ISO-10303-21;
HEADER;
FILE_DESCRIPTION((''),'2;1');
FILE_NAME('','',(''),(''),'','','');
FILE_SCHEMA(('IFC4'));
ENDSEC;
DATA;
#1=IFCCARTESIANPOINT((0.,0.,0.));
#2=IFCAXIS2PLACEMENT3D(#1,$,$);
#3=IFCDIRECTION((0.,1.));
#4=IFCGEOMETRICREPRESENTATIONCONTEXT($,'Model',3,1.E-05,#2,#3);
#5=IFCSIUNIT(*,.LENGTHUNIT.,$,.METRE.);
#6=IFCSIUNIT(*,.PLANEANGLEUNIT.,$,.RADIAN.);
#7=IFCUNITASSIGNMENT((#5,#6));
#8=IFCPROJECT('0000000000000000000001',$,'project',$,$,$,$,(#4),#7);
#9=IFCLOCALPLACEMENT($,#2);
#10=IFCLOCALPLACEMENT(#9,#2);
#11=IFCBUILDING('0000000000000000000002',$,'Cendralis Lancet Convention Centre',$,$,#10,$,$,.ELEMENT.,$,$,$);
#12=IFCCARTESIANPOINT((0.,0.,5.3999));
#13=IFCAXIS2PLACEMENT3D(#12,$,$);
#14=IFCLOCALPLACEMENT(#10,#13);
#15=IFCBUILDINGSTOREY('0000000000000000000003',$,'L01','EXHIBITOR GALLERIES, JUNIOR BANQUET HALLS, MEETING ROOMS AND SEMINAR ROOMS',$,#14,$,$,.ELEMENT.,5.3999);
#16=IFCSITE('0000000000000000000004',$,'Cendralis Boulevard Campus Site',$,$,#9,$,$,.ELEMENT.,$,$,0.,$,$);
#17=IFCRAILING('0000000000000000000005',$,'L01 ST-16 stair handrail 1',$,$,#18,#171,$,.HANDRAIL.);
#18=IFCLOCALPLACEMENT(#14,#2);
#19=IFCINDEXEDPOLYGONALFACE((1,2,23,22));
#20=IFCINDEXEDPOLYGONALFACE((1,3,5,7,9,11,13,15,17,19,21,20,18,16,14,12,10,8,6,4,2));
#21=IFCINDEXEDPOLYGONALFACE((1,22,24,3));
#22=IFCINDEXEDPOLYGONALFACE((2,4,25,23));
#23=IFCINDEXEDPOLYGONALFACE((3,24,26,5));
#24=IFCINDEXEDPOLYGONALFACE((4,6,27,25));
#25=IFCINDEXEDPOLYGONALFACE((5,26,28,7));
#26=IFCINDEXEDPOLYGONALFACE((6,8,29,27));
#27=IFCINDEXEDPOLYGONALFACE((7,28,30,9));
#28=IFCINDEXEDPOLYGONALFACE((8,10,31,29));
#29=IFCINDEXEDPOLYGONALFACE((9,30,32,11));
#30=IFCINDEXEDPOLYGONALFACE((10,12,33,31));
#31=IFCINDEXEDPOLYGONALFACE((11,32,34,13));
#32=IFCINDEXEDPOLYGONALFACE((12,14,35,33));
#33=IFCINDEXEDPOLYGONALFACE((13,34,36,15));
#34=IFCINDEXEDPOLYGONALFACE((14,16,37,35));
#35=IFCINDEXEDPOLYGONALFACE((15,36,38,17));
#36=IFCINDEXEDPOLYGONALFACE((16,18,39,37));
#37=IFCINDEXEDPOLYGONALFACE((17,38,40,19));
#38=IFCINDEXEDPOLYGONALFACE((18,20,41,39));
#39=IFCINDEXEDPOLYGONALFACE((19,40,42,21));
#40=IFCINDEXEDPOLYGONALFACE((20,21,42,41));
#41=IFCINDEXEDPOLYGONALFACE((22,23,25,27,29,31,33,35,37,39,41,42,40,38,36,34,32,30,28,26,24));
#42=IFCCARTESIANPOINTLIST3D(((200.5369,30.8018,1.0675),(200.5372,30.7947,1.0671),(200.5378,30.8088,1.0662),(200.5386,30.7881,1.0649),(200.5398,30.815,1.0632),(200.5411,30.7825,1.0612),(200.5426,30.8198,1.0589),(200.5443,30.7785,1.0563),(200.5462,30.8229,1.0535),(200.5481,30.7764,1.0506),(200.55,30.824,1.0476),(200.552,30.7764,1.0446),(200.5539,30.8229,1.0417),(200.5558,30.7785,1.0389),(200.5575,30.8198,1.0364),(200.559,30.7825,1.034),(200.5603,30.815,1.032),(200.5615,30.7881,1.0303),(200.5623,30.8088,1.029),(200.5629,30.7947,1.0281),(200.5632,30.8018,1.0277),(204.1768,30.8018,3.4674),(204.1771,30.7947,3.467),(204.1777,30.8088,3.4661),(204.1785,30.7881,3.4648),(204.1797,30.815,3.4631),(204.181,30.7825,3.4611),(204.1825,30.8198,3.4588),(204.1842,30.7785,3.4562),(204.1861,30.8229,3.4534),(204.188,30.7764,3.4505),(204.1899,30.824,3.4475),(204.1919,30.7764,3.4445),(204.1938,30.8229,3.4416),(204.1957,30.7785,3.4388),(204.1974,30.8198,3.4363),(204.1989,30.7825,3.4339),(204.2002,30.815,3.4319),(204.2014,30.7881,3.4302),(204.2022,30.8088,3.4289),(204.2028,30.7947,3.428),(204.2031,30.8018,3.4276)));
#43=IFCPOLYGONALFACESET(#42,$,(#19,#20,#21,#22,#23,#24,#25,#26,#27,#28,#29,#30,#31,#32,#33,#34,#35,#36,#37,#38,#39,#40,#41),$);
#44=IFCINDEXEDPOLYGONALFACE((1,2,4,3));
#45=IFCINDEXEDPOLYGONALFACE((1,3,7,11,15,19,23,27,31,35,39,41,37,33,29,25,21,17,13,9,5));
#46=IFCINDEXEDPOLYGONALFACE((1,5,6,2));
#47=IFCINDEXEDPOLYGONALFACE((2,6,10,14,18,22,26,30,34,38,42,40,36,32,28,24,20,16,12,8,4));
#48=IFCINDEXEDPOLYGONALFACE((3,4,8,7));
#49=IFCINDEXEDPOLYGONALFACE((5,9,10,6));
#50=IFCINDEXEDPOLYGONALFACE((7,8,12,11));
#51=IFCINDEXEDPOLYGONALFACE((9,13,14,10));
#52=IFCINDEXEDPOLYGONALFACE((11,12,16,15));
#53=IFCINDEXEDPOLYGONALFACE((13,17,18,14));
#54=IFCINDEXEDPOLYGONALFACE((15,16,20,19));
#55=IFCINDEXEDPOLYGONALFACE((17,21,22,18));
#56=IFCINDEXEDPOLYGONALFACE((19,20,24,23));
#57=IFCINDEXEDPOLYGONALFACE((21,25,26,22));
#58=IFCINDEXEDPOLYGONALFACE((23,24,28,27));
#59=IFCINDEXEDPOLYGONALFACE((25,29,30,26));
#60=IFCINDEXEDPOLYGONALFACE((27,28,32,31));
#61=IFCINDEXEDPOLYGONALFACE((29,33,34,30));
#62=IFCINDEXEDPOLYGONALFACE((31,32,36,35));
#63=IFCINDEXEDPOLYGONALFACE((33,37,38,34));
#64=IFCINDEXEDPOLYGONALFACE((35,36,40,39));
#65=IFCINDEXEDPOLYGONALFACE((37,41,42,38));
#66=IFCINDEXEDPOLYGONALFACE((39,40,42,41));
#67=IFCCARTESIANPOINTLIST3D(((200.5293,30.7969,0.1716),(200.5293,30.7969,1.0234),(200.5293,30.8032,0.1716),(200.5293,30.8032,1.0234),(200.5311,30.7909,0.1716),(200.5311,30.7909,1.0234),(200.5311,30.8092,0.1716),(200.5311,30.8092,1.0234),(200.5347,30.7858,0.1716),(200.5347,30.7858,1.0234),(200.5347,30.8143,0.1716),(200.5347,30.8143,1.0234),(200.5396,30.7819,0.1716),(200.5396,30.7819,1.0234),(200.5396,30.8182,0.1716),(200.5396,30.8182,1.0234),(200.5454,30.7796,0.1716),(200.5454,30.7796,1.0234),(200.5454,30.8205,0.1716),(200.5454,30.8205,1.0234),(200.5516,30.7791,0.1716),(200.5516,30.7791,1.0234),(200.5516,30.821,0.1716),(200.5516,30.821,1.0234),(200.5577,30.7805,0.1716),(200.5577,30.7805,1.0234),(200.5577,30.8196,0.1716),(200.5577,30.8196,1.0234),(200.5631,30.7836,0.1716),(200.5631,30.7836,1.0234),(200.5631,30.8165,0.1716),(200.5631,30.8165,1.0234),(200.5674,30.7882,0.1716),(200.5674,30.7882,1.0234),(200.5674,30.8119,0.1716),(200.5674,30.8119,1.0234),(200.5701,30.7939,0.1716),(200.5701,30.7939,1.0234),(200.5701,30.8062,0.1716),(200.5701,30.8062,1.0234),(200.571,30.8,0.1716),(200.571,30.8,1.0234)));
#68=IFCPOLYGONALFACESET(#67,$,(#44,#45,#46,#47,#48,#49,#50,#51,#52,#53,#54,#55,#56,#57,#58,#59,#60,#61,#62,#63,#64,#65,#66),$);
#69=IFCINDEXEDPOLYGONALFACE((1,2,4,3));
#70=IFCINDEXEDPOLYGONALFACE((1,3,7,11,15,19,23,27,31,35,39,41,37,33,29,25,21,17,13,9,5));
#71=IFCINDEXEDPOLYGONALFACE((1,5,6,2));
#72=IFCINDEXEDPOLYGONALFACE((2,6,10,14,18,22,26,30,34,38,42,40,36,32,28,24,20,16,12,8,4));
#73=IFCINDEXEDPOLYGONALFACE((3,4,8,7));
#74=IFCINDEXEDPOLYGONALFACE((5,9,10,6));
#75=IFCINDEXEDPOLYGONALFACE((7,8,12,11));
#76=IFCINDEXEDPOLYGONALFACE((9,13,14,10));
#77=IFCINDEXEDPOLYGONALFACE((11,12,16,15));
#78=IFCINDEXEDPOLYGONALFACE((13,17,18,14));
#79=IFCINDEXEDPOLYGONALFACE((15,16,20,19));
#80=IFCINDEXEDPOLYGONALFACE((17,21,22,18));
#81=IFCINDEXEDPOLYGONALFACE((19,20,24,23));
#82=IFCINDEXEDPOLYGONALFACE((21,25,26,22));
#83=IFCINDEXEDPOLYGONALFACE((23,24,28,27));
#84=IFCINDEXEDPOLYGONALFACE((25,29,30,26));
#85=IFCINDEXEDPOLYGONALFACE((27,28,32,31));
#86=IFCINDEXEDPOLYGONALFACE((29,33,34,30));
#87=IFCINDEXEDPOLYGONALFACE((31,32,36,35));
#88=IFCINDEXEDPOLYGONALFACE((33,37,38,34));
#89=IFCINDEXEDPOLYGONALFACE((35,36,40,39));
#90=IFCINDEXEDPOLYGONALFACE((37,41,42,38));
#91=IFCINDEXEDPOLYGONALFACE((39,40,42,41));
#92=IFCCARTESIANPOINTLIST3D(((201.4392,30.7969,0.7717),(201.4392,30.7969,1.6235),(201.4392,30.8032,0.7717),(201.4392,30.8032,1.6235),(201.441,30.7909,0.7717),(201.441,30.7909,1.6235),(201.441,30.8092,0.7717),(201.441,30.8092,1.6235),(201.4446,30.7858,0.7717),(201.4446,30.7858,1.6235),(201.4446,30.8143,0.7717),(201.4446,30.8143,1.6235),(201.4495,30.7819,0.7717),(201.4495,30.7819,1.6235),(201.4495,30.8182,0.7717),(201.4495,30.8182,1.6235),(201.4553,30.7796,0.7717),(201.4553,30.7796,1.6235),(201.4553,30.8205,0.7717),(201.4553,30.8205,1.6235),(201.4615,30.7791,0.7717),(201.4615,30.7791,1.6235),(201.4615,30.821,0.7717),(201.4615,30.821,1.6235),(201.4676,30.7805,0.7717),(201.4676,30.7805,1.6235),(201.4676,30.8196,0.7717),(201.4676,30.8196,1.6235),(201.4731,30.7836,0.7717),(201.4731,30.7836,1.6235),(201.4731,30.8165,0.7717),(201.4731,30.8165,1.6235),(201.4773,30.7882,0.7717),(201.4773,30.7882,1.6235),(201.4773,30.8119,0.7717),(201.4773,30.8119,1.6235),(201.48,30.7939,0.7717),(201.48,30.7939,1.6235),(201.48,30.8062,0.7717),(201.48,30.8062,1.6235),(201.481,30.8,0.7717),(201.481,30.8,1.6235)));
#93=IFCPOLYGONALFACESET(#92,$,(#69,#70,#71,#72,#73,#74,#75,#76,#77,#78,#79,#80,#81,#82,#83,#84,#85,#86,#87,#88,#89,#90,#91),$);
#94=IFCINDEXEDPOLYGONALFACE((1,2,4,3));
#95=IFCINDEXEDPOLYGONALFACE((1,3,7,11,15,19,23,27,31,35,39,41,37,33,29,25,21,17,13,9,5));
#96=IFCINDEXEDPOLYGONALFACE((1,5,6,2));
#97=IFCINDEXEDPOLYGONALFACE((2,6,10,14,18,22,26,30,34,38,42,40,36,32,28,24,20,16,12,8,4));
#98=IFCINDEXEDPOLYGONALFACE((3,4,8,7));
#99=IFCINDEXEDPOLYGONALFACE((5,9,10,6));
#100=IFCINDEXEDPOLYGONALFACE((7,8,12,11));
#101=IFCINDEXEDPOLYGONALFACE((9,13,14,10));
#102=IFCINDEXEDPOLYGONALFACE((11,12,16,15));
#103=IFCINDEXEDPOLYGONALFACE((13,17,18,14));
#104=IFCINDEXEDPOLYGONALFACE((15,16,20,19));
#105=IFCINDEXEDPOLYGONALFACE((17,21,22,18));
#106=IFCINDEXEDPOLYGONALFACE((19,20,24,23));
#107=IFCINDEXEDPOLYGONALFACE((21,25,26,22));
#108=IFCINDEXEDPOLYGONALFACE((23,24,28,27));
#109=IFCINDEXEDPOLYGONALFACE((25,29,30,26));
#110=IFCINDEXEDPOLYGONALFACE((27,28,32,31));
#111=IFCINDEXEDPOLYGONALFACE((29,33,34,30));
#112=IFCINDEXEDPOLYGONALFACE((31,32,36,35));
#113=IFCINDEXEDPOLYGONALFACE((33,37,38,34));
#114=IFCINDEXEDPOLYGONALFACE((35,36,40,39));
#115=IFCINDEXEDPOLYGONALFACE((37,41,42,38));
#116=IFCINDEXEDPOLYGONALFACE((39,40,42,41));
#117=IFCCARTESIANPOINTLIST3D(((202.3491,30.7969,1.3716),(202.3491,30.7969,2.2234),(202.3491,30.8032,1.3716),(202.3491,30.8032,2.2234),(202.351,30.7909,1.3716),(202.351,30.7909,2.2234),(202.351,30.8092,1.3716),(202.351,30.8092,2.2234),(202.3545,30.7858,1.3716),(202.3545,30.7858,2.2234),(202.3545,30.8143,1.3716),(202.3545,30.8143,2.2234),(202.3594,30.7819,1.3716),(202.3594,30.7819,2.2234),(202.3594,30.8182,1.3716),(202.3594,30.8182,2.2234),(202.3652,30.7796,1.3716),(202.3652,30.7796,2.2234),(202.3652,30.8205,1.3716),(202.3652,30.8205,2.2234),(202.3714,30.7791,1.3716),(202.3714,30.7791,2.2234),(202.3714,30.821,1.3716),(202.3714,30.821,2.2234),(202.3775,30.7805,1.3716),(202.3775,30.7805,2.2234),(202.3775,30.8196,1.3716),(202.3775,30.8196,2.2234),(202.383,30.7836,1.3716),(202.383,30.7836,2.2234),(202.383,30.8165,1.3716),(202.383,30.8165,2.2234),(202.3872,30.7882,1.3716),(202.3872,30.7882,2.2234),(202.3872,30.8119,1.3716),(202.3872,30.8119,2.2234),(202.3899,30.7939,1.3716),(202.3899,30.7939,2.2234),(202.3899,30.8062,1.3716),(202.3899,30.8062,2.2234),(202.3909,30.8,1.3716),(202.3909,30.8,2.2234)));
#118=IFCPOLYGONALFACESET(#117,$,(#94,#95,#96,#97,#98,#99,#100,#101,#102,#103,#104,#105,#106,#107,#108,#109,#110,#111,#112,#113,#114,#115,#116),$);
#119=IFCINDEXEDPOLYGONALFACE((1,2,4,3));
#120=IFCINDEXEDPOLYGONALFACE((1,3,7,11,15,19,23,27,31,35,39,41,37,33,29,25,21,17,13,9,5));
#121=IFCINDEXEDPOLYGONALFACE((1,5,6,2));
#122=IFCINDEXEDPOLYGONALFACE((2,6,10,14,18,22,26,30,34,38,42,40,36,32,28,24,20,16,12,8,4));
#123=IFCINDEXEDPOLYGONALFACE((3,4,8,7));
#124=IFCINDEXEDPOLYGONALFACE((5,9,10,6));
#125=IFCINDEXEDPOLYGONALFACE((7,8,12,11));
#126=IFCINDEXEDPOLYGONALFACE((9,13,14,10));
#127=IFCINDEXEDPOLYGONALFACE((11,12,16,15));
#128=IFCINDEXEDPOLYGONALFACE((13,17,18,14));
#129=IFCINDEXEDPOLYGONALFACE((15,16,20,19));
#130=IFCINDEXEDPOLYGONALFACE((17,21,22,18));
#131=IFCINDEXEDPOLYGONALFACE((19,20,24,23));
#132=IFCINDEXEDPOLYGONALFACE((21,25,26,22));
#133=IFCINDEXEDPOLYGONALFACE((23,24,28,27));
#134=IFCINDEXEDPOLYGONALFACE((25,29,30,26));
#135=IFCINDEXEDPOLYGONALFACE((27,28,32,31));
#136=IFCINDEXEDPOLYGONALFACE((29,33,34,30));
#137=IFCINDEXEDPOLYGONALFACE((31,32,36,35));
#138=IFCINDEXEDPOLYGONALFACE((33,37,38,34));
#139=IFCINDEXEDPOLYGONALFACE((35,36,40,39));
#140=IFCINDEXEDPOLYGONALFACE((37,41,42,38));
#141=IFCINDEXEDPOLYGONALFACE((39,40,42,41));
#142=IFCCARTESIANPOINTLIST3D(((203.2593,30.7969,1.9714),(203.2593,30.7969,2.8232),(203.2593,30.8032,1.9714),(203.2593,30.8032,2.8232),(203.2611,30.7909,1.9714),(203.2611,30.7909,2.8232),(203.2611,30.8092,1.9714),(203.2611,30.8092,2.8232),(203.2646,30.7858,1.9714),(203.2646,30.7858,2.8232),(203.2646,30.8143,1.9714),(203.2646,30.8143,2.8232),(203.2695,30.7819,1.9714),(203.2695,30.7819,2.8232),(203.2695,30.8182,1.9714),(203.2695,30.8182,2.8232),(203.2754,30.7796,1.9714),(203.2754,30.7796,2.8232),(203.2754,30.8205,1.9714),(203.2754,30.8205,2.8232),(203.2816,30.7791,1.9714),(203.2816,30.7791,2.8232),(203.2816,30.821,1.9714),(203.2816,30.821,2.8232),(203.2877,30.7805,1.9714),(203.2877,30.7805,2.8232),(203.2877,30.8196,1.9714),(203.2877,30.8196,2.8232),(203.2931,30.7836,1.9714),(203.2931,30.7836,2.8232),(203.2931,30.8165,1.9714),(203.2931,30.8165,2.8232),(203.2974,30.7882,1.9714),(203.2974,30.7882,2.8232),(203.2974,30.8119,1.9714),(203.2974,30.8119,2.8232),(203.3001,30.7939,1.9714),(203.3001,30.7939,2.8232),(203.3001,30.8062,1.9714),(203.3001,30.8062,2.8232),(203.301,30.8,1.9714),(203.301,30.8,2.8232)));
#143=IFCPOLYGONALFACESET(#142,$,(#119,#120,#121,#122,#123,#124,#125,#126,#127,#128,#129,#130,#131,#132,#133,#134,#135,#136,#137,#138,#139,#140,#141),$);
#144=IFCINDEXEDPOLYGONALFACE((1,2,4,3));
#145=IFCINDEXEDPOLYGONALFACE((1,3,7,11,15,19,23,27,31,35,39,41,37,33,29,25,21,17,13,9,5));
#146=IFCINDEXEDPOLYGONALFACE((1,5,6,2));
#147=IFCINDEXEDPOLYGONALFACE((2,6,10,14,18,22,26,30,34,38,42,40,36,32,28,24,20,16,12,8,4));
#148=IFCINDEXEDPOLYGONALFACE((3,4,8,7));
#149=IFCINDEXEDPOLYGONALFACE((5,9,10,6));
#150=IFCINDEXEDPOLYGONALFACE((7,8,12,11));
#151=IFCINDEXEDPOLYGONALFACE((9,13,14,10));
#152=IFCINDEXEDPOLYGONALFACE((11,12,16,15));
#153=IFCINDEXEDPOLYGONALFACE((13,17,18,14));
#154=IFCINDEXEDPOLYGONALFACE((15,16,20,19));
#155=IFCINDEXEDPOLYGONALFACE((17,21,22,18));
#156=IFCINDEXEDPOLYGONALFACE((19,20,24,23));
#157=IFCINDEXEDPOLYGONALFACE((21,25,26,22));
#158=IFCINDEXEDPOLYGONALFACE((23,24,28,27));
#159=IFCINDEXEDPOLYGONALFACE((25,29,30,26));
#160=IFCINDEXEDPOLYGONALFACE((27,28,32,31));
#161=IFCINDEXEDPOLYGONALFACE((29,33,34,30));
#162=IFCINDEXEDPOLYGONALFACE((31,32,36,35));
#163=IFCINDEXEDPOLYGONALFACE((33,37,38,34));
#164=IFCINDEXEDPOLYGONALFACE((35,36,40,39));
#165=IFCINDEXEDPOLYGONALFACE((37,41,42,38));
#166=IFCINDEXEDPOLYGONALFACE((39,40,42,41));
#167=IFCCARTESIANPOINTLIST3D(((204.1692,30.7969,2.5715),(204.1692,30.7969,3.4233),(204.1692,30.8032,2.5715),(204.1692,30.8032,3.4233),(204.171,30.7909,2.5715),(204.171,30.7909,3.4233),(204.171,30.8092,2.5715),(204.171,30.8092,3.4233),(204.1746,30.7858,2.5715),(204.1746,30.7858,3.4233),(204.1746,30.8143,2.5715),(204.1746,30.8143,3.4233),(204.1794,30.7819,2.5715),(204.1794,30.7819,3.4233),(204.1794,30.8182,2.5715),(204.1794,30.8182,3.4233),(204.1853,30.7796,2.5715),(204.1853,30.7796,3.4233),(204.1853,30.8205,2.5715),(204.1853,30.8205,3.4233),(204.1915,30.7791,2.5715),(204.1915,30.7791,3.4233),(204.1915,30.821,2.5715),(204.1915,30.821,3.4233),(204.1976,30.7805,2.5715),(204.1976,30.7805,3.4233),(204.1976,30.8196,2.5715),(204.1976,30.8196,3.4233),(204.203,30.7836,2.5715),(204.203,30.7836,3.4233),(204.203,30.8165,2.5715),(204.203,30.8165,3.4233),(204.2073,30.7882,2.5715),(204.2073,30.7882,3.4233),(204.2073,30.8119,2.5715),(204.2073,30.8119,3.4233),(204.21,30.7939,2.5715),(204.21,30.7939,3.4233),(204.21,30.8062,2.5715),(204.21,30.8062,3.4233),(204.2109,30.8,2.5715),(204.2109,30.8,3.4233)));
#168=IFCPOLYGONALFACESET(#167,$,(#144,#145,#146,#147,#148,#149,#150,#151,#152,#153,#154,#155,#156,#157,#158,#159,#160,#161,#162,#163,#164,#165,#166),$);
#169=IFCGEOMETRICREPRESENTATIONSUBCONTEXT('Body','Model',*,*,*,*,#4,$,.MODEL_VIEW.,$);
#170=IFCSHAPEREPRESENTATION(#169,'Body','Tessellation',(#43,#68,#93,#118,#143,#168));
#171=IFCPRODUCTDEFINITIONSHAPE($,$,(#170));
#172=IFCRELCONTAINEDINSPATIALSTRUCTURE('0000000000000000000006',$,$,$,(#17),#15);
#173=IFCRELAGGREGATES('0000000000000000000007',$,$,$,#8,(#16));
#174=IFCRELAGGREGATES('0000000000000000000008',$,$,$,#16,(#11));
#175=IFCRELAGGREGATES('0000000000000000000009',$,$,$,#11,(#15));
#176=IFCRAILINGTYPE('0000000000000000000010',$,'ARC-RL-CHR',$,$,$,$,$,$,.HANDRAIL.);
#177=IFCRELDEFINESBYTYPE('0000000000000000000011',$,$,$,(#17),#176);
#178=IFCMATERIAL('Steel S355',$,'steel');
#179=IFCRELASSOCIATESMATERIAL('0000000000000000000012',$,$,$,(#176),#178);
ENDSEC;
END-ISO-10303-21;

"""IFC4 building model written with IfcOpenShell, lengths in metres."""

from ifc_helpers import new_model, si_unit, direction, frame, origin, origin_2d, place, context, subcontext, project, spatial, circle, extrude, material, type_object, element, save


model = new_model("IFC4")

# Units and contexts
model_context = context("Model", 3, precision=1e-05, world=origin(), true_north=direction((0.0, 1.0)))
body_context = subcontext(model_context, "Body", "Model", "MODEL_VIEW")
ifc_project = project(units=[si_unit("LENGTHUNIT", "METRE"), si_unit("PLANEANGLEUNIT", "RADIAN")], contexts=[model_context])

# Site, building, storey
site_placement = place(None, origin())
site = spatial("IfcSite", under=ifc_project, at=site_placement, Name="Cendralis Boulevard Campus Site", CompositionType="ELEMENT", RefElevation=0.0)
building_placement = place(site_placement, origin())
building = spatial("IfcBuilding", under=site, at=building_placement, Name="Cendralis Lancet Convention Centre", CompositionType="ELEMENT")
storey_placement = place(building_placement, frame((0.0, 0.0, 5.3999)))
storey = spatial("IfcBuildingStorey", under=building, at=storey_placement, Name="L01", Description="EXHIBITOR GALLERIES, JUNIOR BANQUET HALLS, MEETING ROOMS AND SEMINAR ROOMS", CompositionType="ELEMENT", Elevation=5.3999)

# Shared definitions
ifc_material_1 = material(Name="Steel S355", Category="steel")

# Railing
railing_type_1 = type_object("IfcRailingType", Name="ARC-RL-CHR", PredefinedType="HANDRAIL", material=ifc_material_1)
railing_1_placement = place(storey_placement, frame((200.55, 30.8, 0.1716)))
element("IfcRailing", 1, at=railing_1_placement, inside=storey, type_object=railing_type_1, Name="L01 ST-16 stair handrail 1", PredefinedType="HANDRAIL", context=body_context, shape_type="SweptSolid", body=[
    extrude(circle(Radius=0.0239, at=origin_2d()), frame((0.0, 0.0, 0.876), z_axis=(0.834865, 0.0, 0.550454), x_axis=(0.0, 1.0, 0.0)), (0.0, 0.0, 1.0), 4.3599),
    extrude(circle(Radius=0.021, at=origin_2d()), origin(), (0.0, 0.0, 1.0), 0.8518),
    extrude(circle(Radius=0.021, at=origin_2d()), frame((0.9099, 0.0, 0.6001)), (0.0, 0.0, 1.0), 0.8518),
    extrude(circle(Radius=0.021, at=origin_2d()), frame((1.8198, 0.0, 1.2)), (0.0, 0.0, 1.0), 0.8518),
    extrude(circle(Radius=0.021, at=origin_2d()), frame((2.73, 0.0, 1.7998)), (0.0, 0.0, 1.0), 0.8518),
    extrude(circle(Radius=0.021, at=origin_2d()), frame((3.6399, 0.0, 2.3999)), (0.0, 0.0, 1.0), 0.8518),
])

save(model, "model.ifc")
